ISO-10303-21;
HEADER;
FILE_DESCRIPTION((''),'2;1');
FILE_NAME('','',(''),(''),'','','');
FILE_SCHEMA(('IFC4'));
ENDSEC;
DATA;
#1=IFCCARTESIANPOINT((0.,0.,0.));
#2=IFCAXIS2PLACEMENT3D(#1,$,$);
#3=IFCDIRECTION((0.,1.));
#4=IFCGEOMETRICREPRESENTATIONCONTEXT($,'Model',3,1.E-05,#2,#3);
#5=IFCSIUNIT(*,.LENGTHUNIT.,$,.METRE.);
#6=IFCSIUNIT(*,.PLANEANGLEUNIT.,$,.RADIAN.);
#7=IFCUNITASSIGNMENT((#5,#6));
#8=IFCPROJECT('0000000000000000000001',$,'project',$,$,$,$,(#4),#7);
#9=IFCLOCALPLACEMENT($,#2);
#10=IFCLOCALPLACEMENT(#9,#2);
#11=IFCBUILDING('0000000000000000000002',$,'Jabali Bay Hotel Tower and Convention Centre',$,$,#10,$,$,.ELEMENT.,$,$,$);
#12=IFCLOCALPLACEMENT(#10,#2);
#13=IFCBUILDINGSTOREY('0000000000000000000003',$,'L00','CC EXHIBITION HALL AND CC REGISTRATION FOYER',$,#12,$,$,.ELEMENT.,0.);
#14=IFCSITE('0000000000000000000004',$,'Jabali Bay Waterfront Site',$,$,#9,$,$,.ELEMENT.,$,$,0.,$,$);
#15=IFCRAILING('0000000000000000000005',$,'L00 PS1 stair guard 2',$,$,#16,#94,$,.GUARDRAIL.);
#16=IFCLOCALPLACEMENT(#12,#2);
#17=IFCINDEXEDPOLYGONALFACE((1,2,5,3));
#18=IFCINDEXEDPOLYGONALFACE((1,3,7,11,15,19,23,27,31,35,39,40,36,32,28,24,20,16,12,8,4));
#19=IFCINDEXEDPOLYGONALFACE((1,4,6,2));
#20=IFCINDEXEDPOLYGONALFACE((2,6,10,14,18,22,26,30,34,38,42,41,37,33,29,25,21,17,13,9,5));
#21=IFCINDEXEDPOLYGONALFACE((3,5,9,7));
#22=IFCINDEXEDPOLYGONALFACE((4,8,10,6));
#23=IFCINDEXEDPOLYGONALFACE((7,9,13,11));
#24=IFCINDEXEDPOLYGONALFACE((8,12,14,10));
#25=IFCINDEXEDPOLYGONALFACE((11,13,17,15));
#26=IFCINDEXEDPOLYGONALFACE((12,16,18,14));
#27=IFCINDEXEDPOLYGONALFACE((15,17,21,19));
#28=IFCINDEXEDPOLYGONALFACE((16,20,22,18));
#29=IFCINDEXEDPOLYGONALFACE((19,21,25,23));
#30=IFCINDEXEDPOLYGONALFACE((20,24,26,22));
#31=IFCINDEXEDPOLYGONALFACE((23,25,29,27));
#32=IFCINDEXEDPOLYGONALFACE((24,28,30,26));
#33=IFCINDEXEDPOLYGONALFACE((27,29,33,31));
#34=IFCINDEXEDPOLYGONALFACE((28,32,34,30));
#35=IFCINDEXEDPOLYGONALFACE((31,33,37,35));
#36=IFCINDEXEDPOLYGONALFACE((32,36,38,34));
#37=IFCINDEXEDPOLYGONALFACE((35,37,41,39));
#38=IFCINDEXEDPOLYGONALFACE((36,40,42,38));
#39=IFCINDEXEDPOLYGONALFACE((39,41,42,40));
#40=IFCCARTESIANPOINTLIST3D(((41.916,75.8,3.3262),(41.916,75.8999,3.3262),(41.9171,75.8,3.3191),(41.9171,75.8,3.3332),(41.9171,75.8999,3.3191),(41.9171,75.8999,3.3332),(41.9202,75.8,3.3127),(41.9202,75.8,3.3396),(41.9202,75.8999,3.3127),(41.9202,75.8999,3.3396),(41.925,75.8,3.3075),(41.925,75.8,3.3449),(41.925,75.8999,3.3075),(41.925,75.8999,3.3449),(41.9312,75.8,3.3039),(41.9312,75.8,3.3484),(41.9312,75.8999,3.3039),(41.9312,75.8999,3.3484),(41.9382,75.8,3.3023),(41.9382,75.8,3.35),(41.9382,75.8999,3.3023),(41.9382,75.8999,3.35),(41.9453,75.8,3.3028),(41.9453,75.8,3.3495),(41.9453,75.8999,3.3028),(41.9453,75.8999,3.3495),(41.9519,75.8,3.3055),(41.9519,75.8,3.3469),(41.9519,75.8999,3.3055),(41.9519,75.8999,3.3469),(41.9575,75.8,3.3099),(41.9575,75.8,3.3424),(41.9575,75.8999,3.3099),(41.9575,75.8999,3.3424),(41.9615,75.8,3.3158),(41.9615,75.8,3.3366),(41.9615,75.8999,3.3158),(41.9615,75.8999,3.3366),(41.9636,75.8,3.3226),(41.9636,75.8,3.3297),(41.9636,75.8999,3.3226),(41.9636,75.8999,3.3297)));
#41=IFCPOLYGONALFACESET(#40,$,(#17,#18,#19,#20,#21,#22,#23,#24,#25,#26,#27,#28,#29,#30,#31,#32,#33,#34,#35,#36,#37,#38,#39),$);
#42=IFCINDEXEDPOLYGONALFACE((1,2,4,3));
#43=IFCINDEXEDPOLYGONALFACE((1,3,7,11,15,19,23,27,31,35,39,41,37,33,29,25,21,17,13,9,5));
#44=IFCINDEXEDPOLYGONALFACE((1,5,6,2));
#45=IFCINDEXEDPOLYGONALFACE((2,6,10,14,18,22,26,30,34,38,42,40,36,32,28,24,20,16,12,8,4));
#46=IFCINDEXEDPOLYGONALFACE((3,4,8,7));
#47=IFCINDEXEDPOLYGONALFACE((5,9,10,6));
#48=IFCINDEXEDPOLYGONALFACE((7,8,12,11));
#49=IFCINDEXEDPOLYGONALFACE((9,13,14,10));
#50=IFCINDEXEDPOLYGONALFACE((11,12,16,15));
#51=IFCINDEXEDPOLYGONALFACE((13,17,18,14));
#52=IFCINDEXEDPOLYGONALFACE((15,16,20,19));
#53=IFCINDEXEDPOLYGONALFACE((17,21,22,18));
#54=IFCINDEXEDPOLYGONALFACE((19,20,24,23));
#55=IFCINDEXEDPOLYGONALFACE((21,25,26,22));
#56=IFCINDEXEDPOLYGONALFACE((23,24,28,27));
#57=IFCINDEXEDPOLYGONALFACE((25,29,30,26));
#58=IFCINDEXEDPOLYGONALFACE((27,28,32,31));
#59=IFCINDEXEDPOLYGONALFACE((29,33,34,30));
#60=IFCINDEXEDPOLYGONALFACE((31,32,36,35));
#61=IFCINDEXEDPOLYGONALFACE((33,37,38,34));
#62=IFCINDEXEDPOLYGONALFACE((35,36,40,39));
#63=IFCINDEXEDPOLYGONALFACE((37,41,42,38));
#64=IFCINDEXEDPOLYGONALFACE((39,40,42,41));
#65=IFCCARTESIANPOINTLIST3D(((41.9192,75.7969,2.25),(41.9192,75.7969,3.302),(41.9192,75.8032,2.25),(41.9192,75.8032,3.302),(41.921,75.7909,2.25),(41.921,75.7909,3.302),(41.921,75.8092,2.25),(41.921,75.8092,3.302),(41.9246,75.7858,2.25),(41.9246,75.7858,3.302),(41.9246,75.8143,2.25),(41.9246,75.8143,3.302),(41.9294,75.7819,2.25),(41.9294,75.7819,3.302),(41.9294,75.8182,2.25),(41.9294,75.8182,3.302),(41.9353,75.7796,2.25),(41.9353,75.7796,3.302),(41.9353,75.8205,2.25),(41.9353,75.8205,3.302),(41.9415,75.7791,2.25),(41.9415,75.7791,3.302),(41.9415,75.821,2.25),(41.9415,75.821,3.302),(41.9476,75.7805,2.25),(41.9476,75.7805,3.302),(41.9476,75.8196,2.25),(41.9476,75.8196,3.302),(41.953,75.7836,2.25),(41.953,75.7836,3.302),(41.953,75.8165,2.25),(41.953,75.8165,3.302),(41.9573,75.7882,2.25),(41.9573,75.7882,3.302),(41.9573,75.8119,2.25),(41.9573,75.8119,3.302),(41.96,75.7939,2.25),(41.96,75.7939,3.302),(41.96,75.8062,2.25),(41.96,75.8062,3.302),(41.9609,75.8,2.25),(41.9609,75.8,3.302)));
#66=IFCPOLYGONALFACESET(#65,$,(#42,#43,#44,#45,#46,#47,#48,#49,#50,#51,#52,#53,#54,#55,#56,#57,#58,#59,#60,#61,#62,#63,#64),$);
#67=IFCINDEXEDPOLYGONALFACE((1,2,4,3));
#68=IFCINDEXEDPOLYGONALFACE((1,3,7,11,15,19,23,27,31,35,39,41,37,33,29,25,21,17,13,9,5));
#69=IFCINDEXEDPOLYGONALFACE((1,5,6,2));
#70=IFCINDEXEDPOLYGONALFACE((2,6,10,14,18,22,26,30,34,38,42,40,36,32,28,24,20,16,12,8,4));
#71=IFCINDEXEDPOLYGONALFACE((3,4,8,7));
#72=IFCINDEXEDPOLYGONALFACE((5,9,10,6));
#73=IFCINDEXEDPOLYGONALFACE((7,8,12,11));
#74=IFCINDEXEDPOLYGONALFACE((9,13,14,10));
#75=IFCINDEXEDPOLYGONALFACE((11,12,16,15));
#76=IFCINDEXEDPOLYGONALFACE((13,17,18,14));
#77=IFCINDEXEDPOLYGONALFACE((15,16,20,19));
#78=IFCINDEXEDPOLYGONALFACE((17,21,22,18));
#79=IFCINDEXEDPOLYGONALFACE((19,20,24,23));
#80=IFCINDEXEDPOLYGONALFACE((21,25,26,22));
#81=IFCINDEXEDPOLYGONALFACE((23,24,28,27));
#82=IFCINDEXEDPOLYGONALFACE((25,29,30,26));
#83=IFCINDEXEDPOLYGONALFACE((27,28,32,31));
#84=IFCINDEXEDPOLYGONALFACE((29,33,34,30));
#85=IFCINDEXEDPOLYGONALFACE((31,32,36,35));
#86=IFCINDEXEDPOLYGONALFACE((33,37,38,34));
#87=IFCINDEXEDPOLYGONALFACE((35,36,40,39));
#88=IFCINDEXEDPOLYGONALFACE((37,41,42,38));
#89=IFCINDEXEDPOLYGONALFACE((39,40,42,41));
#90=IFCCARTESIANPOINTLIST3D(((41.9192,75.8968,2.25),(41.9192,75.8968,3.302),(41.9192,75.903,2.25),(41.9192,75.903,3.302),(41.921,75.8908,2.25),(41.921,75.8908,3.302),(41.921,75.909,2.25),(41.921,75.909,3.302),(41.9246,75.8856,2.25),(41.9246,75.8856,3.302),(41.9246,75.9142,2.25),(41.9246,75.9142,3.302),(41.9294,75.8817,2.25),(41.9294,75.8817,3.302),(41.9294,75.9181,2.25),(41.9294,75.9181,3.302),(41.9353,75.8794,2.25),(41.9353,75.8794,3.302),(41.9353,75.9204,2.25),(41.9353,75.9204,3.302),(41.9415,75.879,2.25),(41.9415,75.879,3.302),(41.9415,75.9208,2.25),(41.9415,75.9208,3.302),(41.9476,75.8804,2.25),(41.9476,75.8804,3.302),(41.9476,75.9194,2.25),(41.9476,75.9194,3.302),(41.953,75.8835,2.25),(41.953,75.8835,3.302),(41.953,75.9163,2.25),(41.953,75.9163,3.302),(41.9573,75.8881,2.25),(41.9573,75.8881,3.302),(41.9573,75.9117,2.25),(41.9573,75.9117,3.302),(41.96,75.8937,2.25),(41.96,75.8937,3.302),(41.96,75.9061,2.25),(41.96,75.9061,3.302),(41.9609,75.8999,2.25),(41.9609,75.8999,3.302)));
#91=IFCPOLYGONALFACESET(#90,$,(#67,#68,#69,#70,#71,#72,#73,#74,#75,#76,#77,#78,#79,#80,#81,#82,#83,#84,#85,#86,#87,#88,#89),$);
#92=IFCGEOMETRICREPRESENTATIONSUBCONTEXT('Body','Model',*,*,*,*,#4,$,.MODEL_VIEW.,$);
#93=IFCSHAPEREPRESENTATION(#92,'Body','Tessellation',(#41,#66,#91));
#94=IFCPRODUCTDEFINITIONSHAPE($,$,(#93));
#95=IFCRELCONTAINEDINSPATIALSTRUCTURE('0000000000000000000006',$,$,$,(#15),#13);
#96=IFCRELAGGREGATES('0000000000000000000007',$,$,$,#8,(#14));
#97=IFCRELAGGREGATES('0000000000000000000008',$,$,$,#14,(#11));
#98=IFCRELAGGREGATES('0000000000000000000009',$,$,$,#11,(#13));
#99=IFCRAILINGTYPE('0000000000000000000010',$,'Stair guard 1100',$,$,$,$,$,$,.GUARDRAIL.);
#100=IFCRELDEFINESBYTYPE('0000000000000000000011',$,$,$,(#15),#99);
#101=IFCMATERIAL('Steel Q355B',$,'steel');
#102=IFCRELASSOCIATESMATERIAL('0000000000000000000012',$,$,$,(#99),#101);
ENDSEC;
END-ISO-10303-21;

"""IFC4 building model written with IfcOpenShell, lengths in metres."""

from ifc_helpers import new_model, si_unit, direction, frame, origin, origin_2d, place, context, subcontext, project, spatial, circle, extrude, material, type_object, element, save


model = new_model("IFC4")

# Units and contexts
model_context = context("Model", 3, precision=1e-05, world=origin(), true_north=direction((0.0, 1.0)))
body_context = subcontext(model_context, "Body", "Model", "MODEL_VIEW")
ifc_project = project(units=[si_unit("LENGTHUNIT", "METRE"), si_unit("PLANEANGLEUNIT", "RADIAN")], contexts=[model_context])

# Site, building, storey
site_placement = place(None, origin())
site = spatial("IfcSite", under=ifc_project, at=site_placement, Name="Jabali Bay Waterfront Site", CompositionType="ELEMENT", RefElevation=0.0)
building_placement = place(site_placement, origin())
building = spatial("IfcBuilding", under=site, at=building_placement, Name="Jabali Bay Hotel Tower and Convention Centre", CompositionType="ELEMENT")
storey_placement = place(building_placement, origin())
storey = spatial("IfcBuildingStorey", under=building, at=storey_placement, Name="L00", Description="CC EXHIBITION HALL AND CC REGISTRATION FOYER", CompositionType="ELEMENT", Elevation=0.0)

# Railing
ifc_material_1 = material(Name="Steel Q355B", Category="steel")
railing_type_1 = type_object("IfcRailingType", Name="Stair guard 1100", PredefinedType="GUARDRAIL", material=ifc_material_1)
railing_1_placement = place(storey_placement, frame((41.9399, 75.8, 2.25)))
element("IfcRailing", 1, at=railing_1_placement, inside=storey, type_object=railing_type_1, Name="L00 PS1 stair guard 2", PredefinedType="GUARDRAIL", context=body_context, shape_type="SweptSolid", body=[
    extrude(circle(Radius=0.0239, at=origin_2d()), frame((0.0, 0.0, 1.0762), z_axis=(0.0, 1.0, 0.0), x_axis=(-1.0, 0.0, 0.0)), (0.0, 0.0, 1.0), 0.0999),
    extrude(circle(Radius=0.021, at=origin_2d()), origin(), (0.0, 0.0, 1.0), 1.052),
    extrude(circle(Radius=0.021, at=origin_2d()), frame((0.0, 0.0999, 0.0)), (0.0, 0.0, 1.0), 1.052),
])

save(model, "model.ifc")
